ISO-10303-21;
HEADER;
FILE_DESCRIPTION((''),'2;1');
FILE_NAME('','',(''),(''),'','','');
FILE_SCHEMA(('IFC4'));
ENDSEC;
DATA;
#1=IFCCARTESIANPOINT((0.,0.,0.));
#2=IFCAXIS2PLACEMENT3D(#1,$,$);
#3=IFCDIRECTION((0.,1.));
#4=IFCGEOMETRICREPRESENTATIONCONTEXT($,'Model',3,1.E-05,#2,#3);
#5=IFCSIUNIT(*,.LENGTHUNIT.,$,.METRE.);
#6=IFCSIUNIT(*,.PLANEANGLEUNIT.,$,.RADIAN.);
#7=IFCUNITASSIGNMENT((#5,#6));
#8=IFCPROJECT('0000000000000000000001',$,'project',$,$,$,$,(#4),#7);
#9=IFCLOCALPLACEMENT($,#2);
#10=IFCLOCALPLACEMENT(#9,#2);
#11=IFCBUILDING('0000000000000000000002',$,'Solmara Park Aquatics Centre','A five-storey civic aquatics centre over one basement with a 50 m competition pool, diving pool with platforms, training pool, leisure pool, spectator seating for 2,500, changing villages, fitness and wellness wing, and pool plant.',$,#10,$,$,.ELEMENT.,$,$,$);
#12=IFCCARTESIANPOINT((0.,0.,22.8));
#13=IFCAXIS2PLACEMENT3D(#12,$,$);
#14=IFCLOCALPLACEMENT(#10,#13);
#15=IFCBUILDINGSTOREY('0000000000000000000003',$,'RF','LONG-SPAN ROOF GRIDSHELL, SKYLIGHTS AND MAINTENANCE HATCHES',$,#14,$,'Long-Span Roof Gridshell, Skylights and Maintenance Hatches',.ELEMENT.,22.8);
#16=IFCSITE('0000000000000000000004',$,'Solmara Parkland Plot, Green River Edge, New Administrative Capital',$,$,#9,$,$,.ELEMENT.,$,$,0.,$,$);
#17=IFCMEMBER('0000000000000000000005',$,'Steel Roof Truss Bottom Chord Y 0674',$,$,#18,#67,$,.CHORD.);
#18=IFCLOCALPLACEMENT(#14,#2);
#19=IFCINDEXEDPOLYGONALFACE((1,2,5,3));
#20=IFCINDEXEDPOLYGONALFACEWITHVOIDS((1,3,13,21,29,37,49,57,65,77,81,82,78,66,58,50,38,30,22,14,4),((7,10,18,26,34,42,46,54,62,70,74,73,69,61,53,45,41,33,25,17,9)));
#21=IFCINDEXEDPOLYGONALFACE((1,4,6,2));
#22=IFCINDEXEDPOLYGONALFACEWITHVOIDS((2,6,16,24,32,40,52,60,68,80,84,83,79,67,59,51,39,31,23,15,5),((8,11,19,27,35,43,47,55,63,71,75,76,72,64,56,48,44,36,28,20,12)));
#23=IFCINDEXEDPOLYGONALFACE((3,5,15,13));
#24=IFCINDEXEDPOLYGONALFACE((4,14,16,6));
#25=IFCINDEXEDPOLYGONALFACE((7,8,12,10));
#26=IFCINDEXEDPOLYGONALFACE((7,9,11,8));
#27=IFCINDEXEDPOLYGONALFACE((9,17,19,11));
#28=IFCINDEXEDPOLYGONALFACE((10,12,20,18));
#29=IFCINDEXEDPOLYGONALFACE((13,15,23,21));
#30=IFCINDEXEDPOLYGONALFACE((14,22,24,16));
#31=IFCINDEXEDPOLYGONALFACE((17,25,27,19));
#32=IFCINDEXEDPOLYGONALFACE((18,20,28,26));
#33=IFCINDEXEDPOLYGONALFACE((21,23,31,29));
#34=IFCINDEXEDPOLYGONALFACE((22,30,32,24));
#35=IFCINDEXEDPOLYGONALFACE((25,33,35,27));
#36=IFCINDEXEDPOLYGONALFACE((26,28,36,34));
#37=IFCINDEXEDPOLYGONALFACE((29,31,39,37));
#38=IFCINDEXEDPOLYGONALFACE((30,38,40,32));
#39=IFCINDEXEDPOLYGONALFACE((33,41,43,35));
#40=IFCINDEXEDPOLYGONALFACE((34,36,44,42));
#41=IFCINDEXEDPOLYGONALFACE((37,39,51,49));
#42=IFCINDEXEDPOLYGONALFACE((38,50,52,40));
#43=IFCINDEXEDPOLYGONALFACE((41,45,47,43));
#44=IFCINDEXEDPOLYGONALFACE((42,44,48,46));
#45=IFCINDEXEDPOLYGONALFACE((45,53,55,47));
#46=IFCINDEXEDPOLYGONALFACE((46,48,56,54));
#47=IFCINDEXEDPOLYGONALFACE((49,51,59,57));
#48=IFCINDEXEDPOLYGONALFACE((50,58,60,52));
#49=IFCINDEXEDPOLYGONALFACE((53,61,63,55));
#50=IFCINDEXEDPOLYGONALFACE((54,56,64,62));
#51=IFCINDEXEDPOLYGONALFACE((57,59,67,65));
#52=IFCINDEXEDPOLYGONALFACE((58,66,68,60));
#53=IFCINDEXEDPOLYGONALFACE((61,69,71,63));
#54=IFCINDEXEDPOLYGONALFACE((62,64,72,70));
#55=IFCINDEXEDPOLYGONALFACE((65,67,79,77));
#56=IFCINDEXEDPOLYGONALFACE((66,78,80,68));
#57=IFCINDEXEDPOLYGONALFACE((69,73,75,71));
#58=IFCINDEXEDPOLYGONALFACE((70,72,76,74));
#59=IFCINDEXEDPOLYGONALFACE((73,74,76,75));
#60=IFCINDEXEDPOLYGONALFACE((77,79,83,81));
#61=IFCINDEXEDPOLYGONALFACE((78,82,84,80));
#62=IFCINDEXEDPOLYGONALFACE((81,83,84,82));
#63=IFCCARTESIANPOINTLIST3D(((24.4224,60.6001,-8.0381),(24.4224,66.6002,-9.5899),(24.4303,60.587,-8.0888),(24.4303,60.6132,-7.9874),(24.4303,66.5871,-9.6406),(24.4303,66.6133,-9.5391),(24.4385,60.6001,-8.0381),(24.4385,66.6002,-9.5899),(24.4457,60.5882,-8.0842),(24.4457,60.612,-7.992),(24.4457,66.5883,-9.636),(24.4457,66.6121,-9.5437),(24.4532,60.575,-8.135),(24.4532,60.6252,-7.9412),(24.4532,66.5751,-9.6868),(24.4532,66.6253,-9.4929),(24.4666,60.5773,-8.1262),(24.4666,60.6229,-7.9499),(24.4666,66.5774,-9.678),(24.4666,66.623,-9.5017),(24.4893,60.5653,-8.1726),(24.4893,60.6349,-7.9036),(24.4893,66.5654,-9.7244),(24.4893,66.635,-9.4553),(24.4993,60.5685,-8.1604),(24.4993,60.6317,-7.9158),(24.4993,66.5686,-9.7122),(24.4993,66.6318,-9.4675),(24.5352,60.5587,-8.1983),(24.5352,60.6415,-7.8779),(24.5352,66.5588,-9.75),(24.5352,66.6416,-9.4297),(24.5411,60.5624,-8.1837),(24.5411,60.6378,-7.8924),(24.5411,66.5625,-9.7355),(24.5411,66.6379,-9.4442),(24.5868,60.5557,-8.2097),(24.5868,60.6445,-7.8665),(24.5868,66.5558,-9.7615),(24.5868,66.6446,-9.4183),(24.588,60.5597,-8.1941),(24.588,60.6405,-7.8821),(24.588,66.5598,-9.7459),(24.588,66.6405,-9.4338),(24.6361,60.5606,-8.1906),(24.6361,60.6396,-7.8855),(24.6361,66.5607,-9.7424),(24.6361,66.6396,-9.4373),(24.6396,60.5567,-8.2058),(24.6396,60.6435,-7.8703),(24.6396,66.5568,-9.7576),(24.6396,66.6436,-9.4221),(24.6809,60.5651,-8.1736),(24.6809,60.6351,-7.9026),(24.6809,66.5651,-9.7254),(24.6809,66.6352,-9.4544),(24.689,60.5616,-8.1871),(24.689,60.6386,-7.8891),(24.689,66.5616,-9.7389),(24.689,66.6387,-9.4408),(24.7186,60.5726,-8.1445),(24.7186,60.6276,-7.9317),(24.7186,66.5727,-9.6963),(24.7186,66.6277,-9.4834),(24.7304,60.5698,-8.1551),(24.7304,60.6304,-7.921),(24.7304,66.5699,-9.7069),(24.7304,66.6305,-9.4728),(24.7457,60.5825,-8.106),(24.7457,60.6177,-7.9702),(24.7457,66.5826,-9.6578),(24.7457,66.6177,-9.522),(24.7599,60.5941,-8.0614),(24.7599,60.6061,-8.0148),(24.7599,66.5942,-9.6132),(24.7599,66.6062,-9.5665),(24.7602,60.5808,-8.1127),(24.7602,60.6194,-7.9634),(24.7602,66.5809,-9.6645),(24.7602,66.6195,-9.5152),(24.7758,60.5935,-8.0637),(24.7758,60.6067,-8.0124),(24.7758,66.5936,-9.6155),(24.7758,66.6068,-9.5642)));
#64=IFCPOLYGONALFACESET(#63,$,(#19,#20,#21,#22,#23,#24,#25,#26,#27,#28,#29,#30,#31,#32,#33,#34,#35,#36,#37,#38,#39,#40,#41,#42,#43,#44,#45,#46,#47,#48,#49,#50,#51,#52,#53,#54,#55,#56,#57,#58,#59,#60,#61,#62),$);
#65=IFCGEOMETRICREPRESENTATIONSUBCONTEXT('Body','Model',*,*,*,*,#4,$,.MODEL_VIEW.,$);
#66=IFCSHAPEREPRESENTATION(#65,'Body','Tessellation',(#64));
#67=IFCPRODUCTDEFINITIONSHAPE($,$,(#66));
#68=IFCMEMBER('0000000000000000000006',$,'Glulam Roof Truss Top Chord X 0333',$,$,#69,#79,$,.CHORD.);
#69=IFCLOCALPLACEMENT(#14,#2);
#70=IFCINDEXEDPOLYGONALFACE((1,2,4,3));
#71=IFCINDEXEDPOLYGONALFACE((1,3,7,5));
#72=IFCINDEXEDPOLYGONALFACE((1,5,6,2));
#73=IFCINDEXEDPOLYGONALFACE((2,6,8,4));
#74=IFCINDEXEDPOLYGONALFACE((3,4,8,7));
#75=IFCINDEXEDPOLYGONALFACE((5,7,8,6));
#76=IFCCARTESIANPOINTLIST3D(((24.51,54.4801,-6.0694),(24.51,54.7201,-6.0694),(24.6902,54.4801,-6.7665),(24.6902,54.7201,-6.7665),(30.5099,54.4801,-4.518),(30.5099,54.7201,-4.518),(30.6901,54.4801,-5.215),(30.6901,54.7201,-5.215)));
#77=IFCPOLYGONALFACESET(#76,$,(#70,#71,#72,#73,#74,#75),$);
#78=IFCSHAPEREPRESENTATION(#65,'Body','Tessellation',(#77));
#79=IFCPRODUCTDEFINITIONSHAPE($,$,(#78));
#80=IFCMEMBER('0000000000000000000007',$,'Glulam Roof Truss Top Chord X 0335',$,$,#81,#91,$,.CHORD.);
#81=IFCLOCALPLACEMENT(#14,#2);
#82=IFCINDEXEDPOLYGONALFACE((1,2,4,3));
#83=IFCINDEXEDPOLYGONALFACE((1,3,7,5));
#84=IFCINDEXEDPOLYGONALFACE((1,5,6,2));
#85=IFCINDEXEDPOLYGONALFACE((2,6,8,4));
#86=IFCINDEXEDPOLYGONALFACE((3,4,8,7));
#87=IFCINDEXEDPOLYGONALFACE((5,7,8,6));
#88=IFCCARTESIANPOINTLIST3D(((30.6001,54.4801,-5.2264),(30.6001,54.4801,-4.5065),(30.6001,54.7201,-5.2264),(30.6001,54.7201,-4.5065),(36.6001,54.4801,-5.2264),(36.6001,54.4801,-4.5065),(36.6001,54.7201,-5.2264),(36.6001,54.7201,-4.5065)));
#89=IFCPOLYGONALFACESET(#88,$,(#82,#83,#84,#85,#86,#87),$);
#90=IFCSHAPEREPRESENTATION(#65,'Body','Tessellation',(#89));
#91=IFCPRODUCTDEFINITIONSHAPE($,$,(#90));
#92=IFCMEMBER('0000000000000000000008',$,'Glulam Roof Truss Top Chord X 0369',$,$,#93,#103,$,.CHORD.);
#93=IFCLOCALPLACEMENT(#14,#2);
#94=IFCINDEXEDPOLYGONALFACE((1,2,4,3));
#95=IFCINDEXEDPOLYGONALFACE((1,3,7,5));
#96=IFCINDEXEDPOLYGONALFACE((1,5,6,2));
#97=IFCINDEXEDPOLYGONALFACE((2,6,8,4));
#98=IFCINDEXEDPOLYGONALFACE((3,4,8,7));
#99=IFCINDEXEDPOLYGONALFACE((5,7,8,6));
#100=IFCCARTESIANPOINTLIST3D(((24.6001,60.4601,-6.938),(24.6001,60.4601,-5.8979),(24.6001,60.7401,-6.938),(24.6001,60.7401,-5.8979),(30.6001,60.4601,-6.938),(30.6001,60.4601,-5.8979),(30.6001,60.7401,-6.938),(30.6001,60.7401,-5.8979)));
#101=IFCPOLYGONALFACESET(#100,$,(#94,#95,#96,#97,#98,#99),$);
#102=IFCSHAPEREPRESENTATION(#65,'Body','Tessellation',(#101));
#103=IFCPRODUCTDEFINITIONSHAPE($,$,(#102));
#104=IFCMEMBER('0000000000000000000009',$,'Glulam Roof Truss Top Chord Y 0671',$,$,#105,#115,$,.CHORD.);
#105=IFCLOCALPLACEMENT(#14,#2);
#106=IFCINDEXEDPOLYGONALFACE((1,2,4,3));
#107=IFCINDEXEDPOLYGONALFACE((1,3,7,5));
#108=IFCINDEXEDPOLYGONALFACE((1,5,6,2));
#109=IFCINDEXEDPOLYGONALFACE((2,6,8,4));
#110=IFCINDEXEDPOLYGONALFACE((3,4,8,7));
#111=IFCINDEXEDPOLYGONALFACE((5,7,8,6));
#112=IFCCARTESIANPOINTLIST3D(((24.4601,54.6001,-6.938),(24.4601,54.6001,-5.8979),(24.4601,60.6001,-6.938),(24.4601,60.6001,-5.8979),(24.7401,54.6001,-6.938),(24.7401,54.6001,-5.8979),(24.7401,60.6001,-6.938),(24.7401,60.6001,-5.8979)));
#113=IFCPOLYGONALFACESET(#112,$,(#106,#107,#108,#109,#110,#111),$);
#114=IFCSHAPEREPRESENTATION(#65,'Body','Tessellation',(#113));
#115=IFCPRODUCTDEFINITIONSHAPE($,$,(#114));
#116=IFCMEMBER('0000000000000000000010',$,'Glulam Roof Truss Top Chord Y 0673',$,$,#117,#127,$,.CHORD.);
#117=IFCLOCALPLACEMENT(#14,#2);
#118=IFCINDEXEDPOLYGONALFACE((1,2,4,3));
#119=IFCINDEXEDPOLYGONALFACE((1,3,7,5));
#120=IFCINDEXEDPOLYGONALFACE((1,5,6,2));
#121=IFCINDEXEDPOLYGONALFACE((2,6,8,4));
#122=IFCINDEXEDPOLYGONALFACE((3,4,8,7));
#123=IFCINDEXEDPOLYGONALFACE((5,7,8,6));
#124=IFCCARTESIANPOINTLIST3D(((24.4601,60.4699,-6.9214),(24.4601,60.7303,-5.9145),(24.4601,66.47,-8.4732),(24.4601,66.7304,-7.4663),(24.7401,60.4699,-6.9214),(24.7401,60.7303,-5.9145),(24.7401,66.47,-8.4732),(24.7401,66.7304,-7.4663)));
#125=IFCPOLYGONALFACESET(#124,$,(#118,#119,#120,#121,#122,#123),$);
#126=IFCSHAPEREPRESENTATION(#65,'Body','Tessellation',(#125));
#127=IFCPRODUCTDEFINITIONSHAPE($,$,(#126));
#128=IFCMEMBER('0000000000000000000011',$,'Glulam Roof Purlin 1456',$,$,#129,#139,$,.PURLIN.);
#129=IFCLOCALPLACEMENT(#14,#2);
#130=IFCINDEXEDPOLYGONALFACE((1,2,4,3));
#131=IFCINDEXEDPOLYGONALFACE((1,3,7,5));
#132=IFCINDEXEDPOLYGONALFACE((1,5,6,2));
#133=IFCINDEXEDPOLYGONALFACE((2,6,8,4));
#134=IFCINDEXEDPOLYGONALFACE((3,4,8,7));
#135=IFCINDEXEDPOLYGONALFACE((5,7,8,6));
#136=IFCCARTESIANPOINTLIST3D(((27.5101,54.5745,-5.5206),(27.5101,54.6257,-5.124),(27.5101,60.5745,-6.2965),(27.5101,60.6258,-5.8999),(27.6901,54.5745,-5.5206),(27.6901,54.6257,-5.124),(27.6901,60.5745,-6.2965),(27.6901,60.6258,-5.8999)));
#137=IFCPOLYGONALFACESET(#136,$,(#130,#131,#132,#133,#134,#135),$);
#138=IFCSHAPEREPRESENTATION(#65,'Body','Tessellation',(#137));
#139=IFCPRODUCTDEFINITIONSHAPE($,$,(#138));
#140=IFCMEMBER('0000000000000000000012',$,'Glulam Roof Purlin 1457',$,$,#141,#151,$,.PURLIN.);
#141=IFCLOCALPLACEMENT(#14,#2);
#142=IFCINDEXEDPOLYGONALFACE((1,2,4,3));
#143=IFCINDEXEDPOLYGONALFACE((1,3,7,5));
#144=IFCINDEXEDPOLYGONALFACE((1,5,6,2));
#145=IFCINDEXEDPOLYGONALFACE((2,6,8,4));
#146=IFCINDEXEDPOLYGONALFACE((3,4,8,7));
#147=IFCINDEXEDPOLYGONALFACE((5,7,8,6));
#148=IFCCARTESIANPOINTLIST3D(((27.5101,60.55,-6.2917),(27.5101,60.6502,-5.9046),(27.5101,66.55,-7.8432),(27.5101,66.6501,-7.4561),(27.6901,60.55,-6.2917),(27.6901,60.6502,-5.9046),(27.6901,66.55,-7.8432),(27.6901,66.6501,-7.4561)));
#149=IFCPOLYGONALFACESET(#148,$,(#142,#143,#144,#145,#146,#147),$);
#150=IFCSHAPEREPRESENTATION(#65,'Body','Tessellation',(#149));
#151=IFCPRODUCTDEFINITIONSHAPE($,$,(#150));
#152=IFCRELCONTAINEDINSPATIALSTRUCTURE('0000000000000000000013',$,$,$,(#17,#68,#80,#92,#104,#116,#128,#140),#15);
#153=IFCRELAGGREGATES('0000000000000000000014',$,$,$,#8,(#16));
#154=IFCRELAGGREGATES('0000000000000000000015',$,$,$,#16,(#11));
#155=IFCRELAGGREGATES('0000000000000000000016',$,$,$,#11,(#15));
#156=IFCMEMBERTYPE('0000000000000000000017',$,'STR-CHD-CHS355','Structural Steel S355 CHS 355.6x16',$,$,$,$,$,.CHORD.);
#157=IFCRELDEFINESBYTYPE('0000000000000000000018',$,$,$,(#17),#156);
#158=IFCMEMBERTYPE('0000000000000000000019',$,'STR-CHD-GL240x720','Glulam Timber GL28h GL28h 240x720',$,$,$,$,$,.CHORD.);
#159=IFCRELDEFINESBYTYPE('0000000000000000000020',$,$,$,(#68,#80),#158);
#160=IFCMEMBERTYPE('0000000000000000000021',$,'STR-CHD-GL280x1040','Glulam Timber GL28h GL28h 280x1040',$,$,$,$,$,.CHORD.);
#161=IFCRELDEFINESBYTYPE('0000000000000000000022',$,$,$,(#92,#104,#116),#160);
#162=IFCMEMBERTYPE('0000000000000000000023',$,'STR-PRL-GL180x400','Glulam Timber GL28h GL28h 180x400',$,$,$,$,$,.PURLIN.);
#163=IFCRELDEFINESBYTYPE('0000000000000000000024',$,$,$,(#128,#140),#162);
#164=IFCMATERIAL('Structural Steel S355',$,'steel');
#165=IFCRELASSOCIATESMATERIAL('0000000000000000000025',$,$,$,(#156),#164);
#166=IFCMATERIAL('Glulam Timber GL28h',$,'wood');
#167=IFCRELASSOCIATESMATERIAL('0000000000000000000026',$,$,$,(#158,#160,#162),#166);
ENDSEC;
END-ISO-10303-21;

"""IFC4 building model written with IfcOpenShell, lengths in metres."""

from ifc_helpers import new_model, si_unit, direction, frame, origin, origin_2d, place, context, subcontext, project, spatial, rectangle, hollow_circle, extrude, material, material_profile, profile_set, type_object, element, save


model = new_model("IFC4")

# Units and contexts
model_context = context("Model", 3, precision=1e-05, world=origin(), true_north=direction((0.0, 1.0)))
body_context = subcontext(model_context, "Body", "Model", "MODEL_VIEW")
ifc_project = project(units=[si_unit("LENGTHUNIT", "METRE"), si_unit("PLANEANGLEUNIT", "RADIAN")], contexts=[model_context])

# Site, building, storey
site_placement = place(None, origin())
site = spatial("IfcSite", under=ifc_project, at=site_placement, Name="Solmara Parkland Plot, Green River Edge, New Administrative Capital", CompositionType="ELEMENT", RefElevation=0.0)
building_placement = place(site_placement, origin())
building = spatial("IfcBuilding", under=site, at=building_placement, Name="Solmara Park Aquatics Centre", Description="A five-storey civic aquatics centre over one basement with a 50 m competition pool, diving pool with platforms, training pool, leisure pool, spectator seating for 2,500, changing villages, fitness and wellness wing, and pool plant.", CompositionType="ELEMENT")
storey_placement = place(building_placement, frame((0.0, 0.0, 22.8)))
storey = spatial("IfcBuildingStorey", under=building, at=storey_placement, Name="RF", Description="LONG-SPAN ROOF GRIDSHELL, SKYLIGHTS AND MAINTENANCE HATCHES", LongName="Long-Span Roof Gridshell, Skylights and Maintenance Hatches", CompositionType="ELEMENT", Elevation=22.8)

# Members
ifc_material_1 = material(Name="Structural Steel S355", Category="steel")
ifc_material_profile_1 = material_profile(ifc_material_1, hollow_circle(Radius=0.1777, WallThickness=0.0161, at=origin_2d()), Name="CHS 355.6x16")
ifc_profile_set_1 = profile_set([ifc_material_profile_1], Name="Structural Steel S355")
member_type_1 = type_object("IfcMemberType", Name="STR-CHD-CHS355", Description="Structural Steel S355 CHS 355.6x16", PredefinedType="CHORD", material=ifc_profile_set_1)
member_1_placement = place(storey_placement, frame((24.6001, 60.6001, -8.0381), z_axis=(0.0, 0.968146, -0.250388), x_axis=(-1.0, 0.0, 0.0)))
element("IfcMember", 1, at=member_1_placement, inside=storey, type_object=member_type_1, Name="Steel Roof Truss Bottom Chord Y 0674", PredefinedType="CHORD", context=body_context, shape_type="SweptSolid", body=[
    extrude(hollow_circle(Radius=0.1777, WallThickness=0.0161, at=origin_2d()), origin(), (0.0, 0.0, 1.0), 6.1975),
])
ifc_material_2 = material(Name="Glulam Timber GL28h", Category="wood")
ifc_material_profile_2 = material_profile(ifc_material_2, rectangle(XDim=0.24, YDim=0.72, at=origin_2d()), Name="GL28h 240x720")
ifc_profile_set_2 = profile_set([ifc_material_profile_2], Name="Glulam Timber GL28h")
member_type_2 = type_object("IfcMemberType", Name="STR-CHD-GL240x720", Description="Glulam Timber GL28h GL28h 240x720", PredefinedType="CHORD", material=ifc_profile_set_2)
member_2_placement = place(storey_placement, frame((24.6001, 54.6001, -6.418), z_axis=(0.968155, 0.0, 0.250351), x_axis=(0.0, 1.0, 0.0)))
element("IfcMember", 2, at=member_2_placement, inside=storey, type_object=member_type_2, Name="Glulam Roof Truss Top Chord X 0333", PredefinedType="CHORD", context=body_context, shape_type="SweptSolid", body=[
    extrude(rectangle(XDim=0.24, YDim=0.72, at=origin_2d()), origin(), (0.0, 0.0, 1.0), 6.1973),
])
member_3_placement = place(storey_placement, frame((30.6001, 54.6001, -4.8665), z_axis=(1.0, 0.0, 0.0), x_axis=(0.0, 1.0, 0.0)))
element("IfcMember", 3, at=member_3_placement, inside=storey, type_object=member_type_2, Name="Glulam Roof Truss Top Chord X 0335", PredefinedType="CHORD", context=body_context, shape_type="SweptSolid", body=[
    extrude(rectangle(XDim=0.24, YDim=0.72, at=origin_2d()), origin(), (0.0, 0.0, 1.0), 6.0),
])
ifc_material_profile_3 = material_profile(ifc_material_2, rectangle(XDim=0.28, YDim=1.04, at=origin_2d()), Name="GL28h 280x1040")
ifc_profile_set_3 = profile_set([ifc_material_profile_3], Name="Glulam Timber GL28h")
member_type_3 = type_object("IfcMemberType", Name="STR-CHD-GL280x1040", Description="Glulam Timber GL28h GL28h 280x1040", PredefinedType="CHORD", material=ifc_profile_set_3)
for number, where, z_axis, x_axis, name in (
    (4, (24.6001, 60.6001, -6.418), (1.0, 0.0, 0.0), (0.0, 1.0, 0.0), "Glulam Roof Truss Top Chord X 0369"),
    (5, (24.6001, 54.6001, -6.418), (0.0, 1.0, 0.0), (-1.0, 0.0, 0.0), "Glulam Roof Truss Top Chord Y 0671"),
):
    element("IfcMember", number, at=place(storey_placement, frame(where, z_axis=z_axis, x_axis=x_axis)), inside=storey, type_object=member_type_3, Name=name, PredefinedType="CHORD", context=body_context, shape_type="SweptSolid", body=[
        extrude(rectangle(XDim=0.28, YDim=1.04, at=origin_2d()), origin(), (0.0, 0.0, 1.0), 6.0),
    ])
member_4_placement = place(storey_placement, frame((24.6001, 60.6001, -6.418), z_axis=(0.0, 0.968146, -0.250388), x_axis=(-1.0, 0.0, 0.0)))
element("IfcMember", 6, at=member_4_placement, inside=storey, type_object=member_type_3, Name="Glulam Roof Truss Top Chord Y 0673", PredefinedType="CHORD", context=body_context, shape_type="SweptSolid", body=[
    extrude(rectangle(XDim=0.28, YDim=1.04, at=origin_2d()), origin(), (0.0, 0.0, 1.0), 6.1975),
])
ifc_material_profile_4 = material_profile(ifc_material_2, rectangle(XDim=0.1799, YDim=0.3999, at=origin_2d()), Name="GL28h 180x400")
ifc_profile_set_4 = profile_set([ifc_material_profile_4], Name="Glulam Timber GL28h")
member_type_4 = type_object("IfcMemberType", Name="STR-PRL-GL180x400", Description="Glulam Timber GL28h GL28h 180x400", PredefinedType="PURLIN", material=ifc_profile_set_4)
member_5_placement = place(storey_placement, frame((27.6001, 54.6001, -5.3223), z_axis=(0.0, 0.991742, -0.128245), x_axis=(-1.0, 0.0, 0.0)))
element("IfcMember", 7, at=member_5_placement, inside=storey, type_object=member_type_4, Name="Glulam Roof Purlin 1456", PredefinedType="PURLIN", context=body_context, shape_type="SweptSolid", body=[
    extrude(rectangle(XDim=0.1799, YDim=0.3999, at=origin_2d()), origin(), (0.0, 0.0, 1.0), 6.05),
])
member_6_placement = place(storey_placement, frame((27.6001, 60.6001, -6.0981), z_axis=(0.0, 0.968155, -0.250351), x_axis=(-1.0, 0.0, 0.0)))
element("IfcMember", 8, at=member_6_placement, inside=storey, type_object=member_type_4, Name="Glulam Roof Purlin 1457", PredefinedType="PURLIN", context=body_context, shape_type="SweptSolid", body=[
    extrude(rectangle(XDim=0.1799, YDim=0.3999, at=origin_2d()), origin(), (0.0, 0.0, 1.0), 6.1973),
])

save(model, "model.ifc")
